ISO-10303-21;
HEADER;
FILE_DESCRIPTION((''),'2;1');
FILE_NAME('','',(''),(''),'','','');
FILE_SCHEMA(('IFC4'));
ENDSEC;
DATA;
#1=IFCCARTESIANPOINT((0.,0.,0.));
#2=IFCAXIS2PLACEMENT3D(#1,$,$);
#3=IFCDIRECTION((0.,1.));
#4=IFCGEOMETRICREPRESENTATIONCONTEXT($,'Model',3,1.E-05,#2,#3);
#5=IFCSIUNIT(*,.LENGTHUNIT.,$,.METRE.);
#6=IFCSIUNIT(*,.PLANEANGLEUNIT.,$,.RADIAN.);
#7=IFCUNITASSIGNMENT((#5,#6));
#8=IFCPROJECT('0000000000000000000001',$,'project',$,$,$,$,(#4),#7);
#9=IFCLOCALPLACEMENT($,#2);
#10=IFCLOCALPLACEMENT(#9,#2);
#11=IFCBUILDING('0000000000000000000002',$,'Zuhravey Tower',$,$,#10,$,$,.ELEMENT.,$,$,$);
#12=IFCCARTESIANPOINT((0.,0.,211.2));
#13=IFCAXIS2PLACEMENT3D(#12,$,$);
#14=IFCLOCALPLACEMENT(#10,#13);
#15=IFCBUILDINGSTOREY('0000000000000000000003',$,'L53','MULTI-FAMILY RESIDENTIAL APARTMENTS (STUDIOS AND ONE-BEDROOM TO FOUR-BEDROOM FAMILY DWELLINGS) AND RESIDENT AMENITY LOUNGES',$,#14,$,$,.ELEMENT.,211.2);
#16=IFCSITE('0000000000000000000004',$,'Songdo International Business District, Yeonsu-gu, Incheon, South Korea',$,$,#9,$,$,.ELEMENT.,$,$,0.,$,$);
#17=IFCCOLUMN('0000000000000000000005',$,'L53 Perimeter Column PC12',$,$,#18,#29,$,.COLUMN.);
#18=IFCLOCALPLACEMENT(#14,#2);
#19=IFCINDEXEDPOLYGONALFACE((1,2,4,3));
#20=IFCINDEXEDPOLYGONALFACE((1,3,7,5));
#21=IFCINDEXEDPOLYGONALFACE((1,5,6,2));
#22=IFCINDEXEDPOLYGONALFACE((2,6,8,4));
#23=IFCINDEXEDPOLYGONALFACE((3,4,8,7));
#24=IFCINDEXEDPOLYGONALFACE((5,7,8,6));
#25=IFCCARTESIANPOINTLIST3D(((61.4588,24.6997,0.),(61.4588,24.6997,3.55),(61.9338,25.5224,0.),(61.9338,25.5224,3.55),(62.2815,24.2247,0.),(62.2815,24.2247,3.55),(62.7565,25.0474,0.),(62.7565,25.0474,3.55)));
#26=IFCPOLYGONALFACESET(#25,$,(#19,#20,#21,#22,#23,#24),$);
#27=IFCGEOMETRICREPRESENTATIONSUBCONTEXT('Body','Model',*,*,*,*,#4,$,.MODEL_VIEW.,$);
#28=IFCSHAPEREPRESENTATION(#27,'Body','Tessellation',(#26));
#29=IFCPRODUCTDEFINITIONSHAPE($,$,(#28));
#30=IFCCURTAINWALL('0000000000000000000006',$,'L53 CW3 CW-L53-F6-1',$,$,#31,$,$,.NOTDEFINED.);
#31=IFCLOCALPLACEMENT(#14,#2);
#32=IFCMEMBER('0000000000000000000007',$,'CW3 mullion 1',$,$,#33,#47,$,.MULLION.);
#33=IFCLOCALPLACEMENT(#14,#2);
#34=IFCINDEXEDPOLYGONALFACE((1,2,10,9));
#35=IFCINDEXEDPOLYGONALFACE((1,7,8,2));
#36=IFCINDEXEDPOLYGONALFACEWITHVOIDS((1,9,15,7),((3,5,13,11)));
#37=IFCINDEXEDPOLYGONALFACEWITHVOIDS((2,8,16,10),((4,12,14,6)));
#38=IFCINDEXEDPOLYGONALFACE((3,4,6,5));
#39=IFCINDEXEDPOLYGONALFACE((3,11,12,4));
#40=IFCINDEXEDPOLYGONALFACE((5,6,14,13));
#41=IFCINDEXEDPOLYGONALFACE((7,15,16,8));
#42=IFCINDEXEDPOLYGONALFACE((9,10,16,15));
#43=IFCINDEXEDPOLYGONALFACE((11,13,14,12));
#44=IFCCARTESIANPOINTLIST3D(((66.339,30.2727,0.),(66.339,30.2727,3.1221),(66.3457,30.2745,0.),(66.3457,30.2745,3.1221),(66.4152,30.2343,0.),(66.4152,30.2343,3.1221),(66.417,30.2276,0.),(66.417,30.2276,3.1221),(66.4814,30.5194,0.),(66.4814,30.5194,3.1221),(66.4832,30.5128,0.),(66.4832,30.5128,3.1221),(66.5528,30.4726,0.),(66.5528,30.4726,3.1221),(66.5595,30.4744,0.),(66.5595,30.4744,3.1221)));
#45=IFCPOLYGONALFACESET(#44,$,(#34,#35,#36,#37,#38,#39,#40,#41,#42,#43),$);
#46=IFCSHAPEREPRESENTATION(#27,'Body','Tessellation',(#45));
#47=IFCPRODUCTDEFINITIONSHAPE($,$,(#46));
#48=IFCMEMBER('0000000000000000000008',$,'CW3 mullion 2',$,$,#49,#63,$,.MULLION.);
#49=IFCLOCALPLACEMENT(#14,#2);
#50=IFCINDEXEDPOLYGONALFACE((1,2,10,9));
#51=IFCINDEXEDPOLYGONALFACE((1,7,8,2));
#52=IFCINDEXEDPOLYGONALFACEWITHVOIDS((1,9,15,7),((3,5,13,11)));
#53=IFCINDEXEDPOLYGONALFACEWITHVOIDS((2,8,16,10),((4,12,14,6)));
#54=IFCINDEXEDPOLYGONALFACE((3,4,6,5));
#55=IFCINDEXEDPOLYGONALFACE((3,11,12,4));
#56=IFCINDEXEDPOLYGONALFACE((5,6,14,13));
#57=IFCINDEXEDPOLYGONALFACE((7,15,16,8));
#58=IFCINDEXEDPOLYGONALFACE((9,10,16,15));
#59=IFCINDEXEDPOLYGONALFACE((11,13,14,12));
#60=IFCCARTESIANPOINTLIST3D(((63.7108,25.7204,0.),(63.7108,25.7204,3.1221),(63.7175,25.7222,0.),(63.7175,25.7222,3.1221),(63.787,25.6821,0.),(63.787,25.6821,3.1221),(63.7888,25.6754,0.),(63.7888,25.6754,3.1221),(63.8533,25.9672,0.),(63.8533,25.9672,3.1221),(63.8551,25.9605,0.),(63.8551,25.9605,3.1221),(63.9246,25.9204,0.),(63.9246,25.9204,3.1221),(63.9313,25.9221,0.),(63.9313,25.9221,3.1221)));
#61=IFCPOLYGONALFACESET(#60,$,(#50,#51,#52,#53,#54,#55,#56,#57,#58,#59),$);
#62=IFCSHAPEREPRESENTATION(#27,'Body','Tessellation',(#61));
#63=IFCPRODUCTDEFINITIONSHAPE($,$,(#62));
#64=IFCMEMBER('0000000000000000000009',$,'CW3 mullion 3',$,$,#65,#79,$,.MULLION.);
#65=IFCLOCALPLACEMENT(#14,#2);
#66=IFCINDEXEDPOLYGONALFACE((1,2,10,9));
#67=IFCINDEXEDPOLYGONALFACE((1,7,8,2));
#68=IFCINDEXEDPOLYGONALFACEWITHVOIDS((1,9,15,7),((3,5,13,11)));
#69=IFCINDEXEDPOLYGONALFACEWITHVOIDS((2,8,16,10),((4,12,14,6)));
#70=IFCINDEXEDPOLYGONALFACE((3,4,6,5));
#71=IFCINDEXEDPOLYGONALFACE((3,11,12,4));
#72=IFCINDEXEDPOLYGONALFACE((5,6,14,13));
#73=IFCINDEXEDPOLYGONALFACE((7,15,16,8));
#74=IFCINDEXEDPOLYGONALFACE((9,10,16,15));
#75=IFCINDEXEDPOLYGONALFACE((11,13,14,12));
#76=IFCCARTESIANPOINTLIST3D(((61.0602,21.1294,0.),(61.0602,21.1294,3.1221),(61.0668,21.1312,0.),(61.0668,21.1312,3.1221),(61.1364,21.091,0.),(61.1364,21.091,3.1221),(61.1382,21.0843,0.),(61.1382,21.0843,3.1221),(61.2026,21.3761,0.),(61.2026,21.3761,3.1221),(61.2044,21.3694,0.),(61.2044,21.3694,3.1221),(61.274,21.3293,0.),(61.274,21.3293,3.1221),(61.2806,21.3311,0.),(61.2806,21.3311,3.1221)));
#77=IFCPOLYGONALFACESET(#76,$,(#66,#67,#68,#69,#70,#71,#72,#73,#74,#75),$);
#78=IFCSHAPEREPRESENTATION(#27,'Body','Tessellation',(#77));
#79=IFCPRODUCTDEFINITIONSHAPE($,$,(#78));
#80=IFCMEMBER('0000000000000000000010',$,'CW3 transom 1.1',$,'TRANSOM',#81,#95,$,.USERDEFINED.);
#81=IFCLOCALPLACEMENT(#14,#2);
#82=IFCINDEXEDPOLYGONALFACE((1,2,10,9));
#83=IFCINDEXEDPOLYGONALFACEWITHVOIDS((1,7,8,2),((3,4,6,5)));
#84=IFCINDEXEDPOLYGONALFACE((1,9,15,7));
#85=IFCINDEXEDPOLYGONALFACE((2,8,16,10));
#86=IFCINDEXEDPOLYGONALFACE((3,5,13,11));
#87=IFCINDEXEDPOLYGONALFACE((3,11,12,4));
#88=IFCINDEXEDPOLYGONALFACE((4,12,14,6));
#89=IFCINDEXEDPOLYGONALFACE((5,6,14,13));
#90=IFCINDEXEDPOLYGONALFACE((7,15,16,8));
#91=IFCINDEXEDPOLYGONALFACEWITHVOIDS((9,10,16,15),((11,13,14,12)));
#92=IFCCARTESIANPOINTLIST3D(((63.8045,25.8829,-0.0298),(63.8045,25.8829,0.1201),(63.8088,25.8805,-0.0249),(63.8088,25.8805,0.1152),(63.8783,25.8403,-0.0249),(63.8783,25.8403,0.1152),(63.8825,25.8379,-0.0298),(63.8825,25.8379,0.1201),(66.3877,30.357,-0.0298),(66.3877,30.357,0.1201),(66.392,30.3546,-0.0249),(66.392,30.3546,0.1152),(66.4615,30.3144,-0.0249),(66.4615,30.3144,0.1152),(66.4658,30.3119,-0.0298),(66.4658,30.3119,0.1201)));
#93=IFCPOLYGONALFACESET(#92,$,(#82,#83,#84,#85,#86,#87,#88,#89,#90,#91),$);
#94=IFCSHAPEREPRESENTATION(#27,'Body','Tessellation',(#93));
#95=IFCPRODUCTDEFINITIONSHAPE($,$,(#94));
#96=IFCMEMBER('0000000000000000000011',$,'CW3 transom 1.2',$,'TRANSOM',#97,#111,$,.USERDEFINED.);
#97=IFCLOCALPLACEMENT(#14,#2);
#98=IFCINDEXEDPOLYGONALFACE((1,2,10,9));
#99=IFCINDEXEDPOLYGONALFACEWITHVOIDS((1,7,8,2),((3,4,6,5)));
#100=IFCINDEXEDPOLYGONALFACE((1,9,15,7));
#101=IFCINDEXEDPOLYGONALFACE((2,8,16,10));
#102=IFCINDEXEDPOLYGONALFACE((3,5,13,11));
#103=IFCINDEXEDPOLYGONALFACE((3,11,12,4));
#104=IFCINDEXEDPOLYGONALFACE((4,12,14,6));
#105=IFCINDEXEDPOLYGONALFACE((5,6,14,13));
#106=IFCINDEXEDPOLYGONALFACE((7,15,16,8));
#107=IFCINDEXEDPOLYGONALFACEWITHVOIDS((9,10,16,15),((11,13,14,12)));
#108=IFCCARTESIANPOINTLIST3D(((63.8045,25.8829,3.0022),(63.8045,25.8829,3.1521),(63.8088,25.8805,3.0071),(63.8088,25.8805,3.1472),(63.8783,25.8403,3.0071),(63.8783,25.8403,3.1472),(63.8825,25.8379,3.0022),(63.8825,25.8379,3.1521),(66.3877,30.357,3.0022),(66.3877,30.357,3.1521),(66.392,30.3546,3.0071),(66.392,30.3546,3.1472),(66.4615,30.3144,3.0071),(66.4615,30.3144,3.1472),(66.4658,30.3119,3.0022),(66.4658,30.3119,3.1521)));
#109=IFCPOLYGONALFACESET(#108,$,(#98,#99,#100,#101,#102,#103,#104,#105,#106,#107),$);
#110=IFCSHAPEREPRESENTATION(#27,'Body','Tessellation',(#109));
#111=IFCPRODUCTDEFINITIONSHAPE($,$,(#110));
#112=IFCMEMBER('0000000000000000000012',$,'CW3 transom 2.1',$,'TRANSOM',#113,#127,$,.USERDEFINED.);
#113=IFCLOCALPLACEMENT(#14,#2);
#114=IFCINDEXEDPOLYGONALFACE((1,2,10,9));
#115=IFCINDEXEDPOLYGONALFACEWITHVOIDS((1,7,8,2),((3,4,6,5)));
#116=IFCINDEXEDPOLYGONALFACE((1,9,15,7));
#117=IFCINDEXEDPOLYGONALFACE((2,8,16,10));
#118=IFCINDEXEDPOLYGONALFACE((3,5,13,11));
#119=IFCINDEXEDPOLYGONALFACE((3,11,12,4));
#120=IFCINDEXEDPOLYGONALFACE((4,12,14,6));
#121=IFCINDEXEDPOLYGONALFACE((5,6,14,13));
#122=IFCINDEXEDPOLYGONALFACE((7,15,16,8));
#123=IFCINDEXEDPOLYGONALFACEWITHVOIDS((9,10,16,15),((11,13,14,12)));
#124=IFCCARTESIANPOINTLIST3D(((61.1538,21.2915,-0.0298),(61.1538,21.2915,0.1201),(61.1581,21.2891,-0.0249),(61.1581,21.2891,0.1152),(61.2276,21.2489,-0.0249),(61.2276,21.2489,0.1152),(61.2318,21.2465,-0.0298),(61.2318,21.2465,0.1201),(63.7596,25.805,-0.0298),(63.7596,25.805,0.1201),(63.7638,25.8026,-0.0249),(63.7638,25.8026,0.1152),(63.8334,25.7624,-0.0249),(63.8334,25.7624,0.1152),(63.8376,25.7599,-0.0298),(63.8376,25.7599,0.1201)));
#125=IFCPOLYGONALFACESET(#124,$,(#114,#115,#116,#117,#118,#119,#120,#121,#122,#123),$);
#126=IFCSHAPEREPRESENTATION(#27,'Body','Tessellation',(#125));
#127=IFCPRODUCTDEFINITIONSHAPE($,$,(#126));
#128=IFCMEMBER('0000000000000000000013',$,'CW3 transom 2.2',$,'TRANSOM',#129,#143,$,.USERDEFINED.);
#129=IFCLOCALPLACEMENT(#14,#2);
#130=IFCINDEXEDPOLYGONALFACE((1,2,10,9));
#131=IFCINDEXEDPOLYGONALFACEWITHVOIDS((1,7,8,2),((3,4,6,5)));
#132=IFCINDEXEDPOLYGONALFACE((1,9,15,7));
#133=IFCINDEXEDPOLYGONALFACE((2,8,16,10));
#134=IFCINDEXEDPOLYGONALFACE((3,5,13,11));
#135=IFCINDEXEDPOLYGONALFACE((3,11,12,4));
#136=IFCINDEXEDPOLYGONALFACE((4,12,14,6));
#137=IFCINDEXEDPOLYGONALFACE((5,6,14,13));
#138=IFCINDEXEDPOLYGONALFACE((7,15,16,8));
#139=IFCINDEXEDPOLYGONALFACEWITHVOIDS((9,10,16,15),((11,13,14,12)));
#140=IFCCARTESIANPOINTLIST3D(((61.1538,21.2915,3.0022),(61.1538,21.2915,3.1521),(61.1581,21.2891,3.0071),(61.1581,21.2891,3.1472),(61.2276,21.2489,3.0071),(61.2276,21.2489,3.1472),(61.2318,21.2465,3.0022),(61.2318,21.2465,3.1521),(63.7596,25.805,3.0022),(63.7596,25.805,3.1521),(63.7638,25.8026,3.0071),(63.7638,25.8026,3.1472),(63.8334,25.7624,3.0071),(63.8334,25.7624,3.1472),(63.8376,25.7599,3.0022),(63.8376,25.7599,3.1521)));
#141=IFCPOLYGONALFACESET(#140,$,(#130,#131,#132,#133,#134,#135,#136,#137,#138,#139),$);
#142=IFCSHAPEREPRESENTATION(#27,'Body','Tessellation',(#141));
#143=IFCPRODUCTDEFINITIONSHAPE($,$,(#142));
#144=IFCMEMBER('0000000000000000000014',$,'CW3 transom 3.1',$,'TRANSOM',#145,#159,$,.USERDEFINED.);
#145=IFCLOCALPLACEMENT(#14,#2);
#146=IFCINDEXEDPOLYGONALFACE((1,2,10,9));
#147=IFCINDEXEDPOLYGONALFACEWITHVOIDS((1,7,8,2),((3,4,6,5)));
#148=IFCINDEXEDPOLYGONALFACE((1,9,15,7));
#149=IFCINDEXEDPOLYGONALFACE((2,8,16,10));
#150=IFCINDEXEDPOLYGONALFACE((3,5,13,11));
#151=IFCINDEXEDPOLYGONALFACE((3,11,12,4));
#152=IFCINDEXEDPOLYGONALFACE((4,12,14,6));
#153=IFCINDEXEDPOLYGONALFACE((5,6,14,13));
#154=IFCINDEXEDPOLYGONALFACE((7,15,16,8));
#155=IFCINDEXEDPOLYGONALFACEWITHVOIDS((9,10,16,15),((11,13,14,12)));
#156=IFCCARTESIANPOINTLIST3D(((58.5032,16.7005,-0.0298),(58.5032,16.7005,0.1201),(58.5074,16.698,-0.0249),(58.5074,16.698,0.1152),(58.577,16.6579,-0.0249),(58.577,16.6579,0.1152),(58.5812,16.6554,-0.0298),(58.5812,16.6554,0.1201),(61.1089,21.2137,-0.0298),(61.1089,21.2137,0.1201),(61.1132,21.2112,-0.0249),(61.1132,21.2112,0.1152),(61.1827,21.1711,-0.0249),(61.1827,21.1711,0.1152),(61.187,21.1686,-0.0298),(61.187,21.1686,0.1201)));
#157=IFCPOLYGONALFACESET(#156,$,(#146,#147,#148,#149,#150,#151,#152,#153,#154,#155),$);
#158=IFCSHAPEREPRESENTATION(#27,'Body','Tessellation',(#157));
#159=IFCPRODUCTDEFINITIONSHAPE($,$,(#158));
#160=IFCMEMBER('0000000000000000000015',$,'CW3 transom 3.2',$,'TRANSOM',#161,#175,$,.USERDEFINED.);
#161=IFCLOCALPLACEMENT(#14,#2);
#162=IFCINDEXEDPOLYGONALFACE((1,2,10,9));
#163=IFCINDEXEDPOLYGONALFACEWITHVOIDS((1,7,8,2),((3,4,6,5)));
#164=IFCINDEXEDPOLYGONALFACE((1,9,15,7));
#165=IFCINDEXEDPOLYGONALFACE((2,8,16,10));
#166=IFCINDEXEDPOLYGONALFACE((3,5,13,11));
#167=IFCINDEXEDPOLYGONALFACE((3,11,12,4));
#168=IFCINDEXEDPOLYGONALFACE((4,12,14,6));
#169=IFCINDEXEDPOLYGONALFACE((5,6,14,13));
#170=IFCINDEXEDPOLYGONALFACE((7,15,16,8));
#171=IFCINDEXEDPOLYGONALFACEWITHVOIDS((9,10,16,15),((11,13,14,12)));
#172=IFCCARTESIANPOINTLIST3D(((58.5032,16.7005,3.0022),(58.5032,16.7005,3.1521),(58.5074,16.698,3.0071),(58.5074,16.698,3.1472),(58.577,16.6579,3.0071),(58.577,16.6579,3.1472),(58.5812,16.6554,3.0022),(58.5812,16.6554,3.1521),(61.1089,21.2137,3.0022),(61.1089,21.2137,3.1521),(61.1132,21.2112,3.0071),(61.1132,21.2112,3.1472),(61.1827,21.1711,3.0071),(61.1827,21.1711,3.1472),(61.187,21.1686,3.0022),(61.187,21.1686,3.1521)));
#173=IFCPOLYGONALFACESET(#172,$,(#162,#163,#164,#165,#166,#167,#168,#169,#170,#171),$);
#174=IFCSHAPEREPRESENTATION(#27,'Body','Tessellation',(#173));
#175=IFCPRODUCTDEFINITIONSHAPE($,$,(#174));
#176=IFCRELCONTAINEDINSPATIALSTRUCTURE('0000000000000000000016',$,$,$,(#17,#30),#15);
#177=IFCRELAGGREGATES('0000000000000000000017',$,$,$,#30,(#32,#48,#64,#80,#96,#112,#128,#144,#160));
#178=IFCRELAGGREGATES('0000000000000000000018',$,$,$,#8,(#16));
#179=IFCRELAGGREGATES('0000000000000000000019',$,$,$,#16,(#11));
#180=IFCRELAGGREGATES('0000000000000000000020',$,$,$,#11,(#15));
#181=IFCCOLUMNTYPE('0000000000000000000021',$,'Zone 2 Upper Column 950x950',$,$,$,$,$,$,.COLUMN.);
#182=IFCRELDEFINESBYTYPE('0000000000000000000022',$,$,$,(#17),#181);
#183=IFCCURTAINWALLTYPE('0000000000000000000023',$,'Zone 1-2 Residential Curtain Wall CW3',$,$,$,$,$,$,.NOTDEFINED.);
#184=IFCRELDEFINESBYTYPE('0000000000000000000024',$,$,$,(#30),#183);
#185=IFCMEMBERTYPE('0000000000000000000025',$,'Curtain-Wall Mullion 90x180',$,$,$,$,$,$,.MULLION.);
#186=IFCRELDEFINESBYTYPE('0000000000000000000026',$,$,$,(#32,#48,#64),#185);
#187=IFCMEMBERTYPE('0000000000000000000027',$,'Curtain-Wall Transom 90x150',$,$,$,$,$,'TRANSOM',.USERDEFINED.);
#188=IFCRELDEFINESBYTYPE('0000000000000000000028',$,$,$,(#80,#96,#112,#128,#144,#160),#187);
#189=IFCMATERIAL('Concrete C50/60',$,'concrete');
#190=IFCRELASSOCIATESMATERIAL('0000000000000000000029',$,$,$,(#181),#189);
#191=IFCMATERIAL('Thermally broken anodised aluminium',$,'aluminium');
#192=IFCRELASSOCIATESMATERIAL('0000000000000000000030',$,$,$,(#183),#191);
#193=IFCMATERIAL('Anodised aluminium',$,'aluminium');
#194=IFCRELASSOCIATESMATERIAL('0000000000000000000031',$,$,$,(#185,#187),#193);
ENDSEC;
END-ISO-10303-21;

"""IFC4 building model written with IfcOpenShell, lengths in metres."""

from ifc_helpers import new_model, si_unit, direction, frame, origin, origin_2d, place, context, subcontext, project, spatial, rectangle, hollow_rectangle, extrude, material, material_profile, profile_set, type_object, element, aggregate, save


model = new_model("IFC4")

# Units and contexts
model_context = context("Model", 3, precision=1e-05, world=origin(), true_north=direction((0.0, 1.0)))
body_context = subcontext(model_context, "Body", "Model", "MODEL_VIEW")
ifc_project = project(units=[si_unit("LENGTHUNIT", "METRE"), si_unit("PLANEANGLEUNIT", "RADIAN")], contexts=[model_context])

# Site, building, storey
site_placement = place(None, origin())
site = spatial("IfcSite", under=ifc_project, at=site_placement, Name="Songdo International Business District, Yeonsu-gu, Incheon, South Korea", CompositionType="ELEMENT", RefElevation=0.0)
building_placement = place(site_placement, origin())
building = spatial("IfcBuilding", under=site, at=building_placement, Name="Zuhravey Tower", CompositionType="ELEMENT")
storey_placement = place(building_placement, frame((0.0, 0.0, 211.2)))
storey = spatial("IfcBuildingStorey", under=building, at=storey_placement, Name="L53", Description="MULTI-FAMILY RESIDENTIAL APARTMENTS (STUDIOS AND ONE-BEDROOM TO FOUR-BEDROOM FAMILY DWELLINGS) AND RESIDENT AMENITY LOUNGES", CompositionType="ELEMENT", Elevation=211.2)

# Column
ifc_material_1 = material(Name="Concrete C50/60", Category="concrete")
ifc_material_profile_1 = material_profile(ifc_material_1, rectangle(XDim=0.95, YDim=0.95, at=origin_2d()), Name="RC-950x950")
ifc_profile_set_1 = profile_set([ifc_material_profile_1], Name="Concrete C50/60")
column_type = type_object("IfcColumnType", Name="Zone 2 Upper Column 950x950", PredefinedType="COLUMN", material=ifc_profile_set_1)
column_placement = place(storey_placement, frame((62.1077, 24.8735, 0.0), z_axis=(0.0, 0.0, 1.0), x_axis=(0.5, 0.866025, 0.0)))
element("IfcColumn", 1, at=column_placement, inside=storey, type_object=column_type, Name="L53 Perimeter Column PC12", PredefinedType="COLUMN", context=body_context, shape_type="SweptSolid", body=[
    extrude(rectangle(XDim=0.95, YDim=0.95, at=origin_2d()), origin(), (0.0, 0.0, 1.0), 3.55),
])

# Curtain wall, members
ifc_material_2 = material(Name="Thermally broken anodised aluminium", Category="aluminium")
curtain_wall_type = type_object("IfcCurtainWallType", Name="Zone 1-2 Residential Curtain Wall CW3", PredefinedType="NOTDEFINED", material=ifc_material_2)
curtain_wall_placement = place(storey_placement, origin())
curtain_wall = element("IfcCurtainWall", 2, at=curtain_wall_placement, inside=storey, type_object=curtain_wall_type, Name="L53 CW3 CW-L53-F6-1", PredefinedType="NOTDEFINED")
ifc_material_3 = material(Name="Anodised aluminium", Category="aluminium")
ifc_material_profile_2 = material_profile(ifc_material_3, hollow_rectangle(XDim=0.0901, YDim=0.2849, WallThickness=0.0049, at=origin_2d()), Name="ALU-RHS-90x285x5")
ifc_profile_set_2 = profile_set([ifc_material_profile_2], Name="Anodised aluminium")
member_type_1 = type_object("IfcMemberType", Name="Curtain-Wall Mullion 90x180", PredefinedType="MULLION", material=ifc_profile_set_2)
member_1_placement = place(storey_placement, frame((66.4492, 30.3735, 0.0), z_axis=(0.0, 0.0, 1.0), x_axis=(0.866025, -0.500001, 0.0)))
member_1 = element("IfcMember", 3, at=member_1_placement, type_object=member_type_1, Name="CW3 mullion 1", PredefinedType="MULLION", context=body_context, shape_type="SweptSolid", body=[
    extrude(hollow_rectangle(XDim=0.0901, YDim=0.2849, WallThickness=0.0049, at=origin_2d()), origin(), (0.0, 0.0, 1.0), 3.1221),
])
member_2_placement = place(storey_placement, frame((63.821, 25.8213, 0.0), z_axis=(0.0, 0.0, 1.0), x_axis=(0.866025, -0.500001, 0.0)))
member_2 = element("IfcMember", 4, at=member_2_placement, type_object=member_type_1, Name="CW3 mullion 2", PredefinedType="MULLION", context=body_context, shape_type="SweptSolid", body=[
    extrude(hollow_rectangle(XDim=0.0901, YDim=0.2849, WallThickness=0.0049, at=origin_2d()), origin(), (0.0, 0.0, 1.0), 3.1221),
])
member_3_placement = place(storey_placement, frame((61.1704, 21.2302, 0.0), z_axis=(0.0, 0.0, 1.0), x_axis=(0.866025, -0.500001, 0.0)))
member_3 = element("IfcMember", 5, at=member_3_placement, type_object=member_type_1, Name="CW3 mullion 3", PredefinedType="MULLION", context=body_context, shape_type="SweptSolid", body=[
    extrude(hollow_rectangle(XDim=0.0901, YDim=0.2849, WallThickness=0.0049, at=origin_2d()), origin(), (0.0, 0.0, 1.0), 3.1221),
])
ifc_material_profile_3 = material_profile(ifc_material_3, hollow_rectangle(XDim=0.0901, YDim=0.1499, WallThickness=0.0049, at=origin_2d()), Name="ALU-RHS-90x150x5")
ifc_profile_set_3 = profile_set([ifc_material_profile_3], Name="Anodised aluminium")
member_type_2 = type_object("IfcMemberType", Name="Curtain-Wall Transom 90x150", ElementType="TRANSOM", PredefinedType="USERDEFINED", material=ifc_profile_set_3)
member_4_placement = place(storey_placement, frame((66.4268, 30.3345, 0.0452), z_axis=(-0.500017, -0.866016, 0.0), x_axis=(0.866016, -0.500017, 0.0)))
member_4 = element("IfcMember", 6, at=member_4_placement, type_object=member_type_2, Name="CW3 transom 1.1", ObjectType="TRANSOM", PredefinedType="USERDEFINED", context=body_context, shape_type="SweptSolid", body=[
    extrude(hollow_rectangle(XDim=0.0901, YDim=0.1499, WallThickness=0.0049, at=origin_2d()), origin(), (0.0, 0.0, 1.0), 5.1663),
])
member_5_placement = place(storey_placement, frame((66.4268, 30.3345, 3.0771), z_axis=(-0.500017, -0.866016, 0.0), x_axis=(0.866016, -0.500017, 0.0)))
member_5 = element("IfcMember", 7, at=member_5_placement, type_object=member_type_2, Name="CW3 transom 1.2", ObjectType="TRANSOM", PredefinedType="USERDEFINED", context=body_context, shape_type="SweptSolid", body=[
    extrude(hollow_rectangle(XDim=0.0901, YDim=0.1499, WallThickness=0.0049, at=origin_2d()), origin(), (0.0, 0.0, 1.0), 5.1663),
])
member_6_placement = place(storey_placement, frame((63.7986, 25.7825, 0.0452), z_axis=(-0.499983, -0.866035, 0.0), x_axis=(0.866035, -0.499983, 0.0)))
member_6 = element("IfcMember", 8, at=member_6_placement, type_object=member_type_2, Name="CW3 transom 2.1", ObjectType="TRANSOM", PredefinedType="USERDEFINED", context=body_context, shape_type="SweptSolid", body=[
    extrude(hollow_rectangle(XDim=0.0901, YDim=0.1499, WallThickness=0.0049, at=origin_2d()), origin(), (0.0, 0.0, 1.0), 5.2117),
])
member_7_placement = place(storey_placement, frame((63.7986, 25.7825, 3.0771), z_axis=(-0.499983, -0.866035, 0.0), x_axis=(0.866035, -0.499983, 0.0)))
member_7 = element("IfcMember", 9, at=member_7_placement, type_object=member_type_2, Name="CW3 transom 2.2", ObjectType="TRANSOM", PredefinedType="USERDEFINED", context=body_context, shape_type="SweptSolid", body=[
    extrude(hollow_rectangle(XDim=0.0901, YDim=0.1499, WallThickness=0.0049, at=origin_2d()), origin(), (0.0, 0.0, 1.0), 5.2117),
])
member_8_placement = place(storey_placement, frame((61.1479, 21.1912, 0.0452), z_axis=(-0.500004, -0.866023, 0.0), x_axis=(0.866023, -0.500004, 0.0)))
member_8 = element("IfcMember", 10, at=member_8_placement, type_object=member_type_2, Name="CW3 transom 3.1", ObjectType="TRANSOM", PredefinedType="USERDEFINED", context=body_context, shape_type="SweptSolid", body=[
    extrude(hollow_rectangle(XDim=0.0901, YDim=0.1499, WallThickness=0.0049, at=origin_2d()), origin(), (0.0, 0.0, 1.0), 5.2114),
])
member_9_placement = place(storey_placement, frame((61.1479, 21.1912, 3.0771), z_axis=(-0.500004, -0.866023, 0.0), x_axis=(0.866023, -0.500004, 0.0)))
member_9 = element("IfcMember", 11, at=member_9_placement, type_object=member_type_2, Name="CW3 transom 3.2", ObjectType="TRANSOM", PredefinedType="USERDEFINED", context=body_context, shape_type="SweptSolid", body=[
    extrude(hollow_rectangle(XDim=0.0901, YDim=0.1499, WallThickness=0.0049, at=origin_2d()), origin(), (0.0, 0.0, 1.0), 5.2114),
])

aggregate(curtain_wall, [member_1, member_2, member_3, member_4, member_5, member_6, member_7, member_8, member_9])

save(model, "model.ifc")
